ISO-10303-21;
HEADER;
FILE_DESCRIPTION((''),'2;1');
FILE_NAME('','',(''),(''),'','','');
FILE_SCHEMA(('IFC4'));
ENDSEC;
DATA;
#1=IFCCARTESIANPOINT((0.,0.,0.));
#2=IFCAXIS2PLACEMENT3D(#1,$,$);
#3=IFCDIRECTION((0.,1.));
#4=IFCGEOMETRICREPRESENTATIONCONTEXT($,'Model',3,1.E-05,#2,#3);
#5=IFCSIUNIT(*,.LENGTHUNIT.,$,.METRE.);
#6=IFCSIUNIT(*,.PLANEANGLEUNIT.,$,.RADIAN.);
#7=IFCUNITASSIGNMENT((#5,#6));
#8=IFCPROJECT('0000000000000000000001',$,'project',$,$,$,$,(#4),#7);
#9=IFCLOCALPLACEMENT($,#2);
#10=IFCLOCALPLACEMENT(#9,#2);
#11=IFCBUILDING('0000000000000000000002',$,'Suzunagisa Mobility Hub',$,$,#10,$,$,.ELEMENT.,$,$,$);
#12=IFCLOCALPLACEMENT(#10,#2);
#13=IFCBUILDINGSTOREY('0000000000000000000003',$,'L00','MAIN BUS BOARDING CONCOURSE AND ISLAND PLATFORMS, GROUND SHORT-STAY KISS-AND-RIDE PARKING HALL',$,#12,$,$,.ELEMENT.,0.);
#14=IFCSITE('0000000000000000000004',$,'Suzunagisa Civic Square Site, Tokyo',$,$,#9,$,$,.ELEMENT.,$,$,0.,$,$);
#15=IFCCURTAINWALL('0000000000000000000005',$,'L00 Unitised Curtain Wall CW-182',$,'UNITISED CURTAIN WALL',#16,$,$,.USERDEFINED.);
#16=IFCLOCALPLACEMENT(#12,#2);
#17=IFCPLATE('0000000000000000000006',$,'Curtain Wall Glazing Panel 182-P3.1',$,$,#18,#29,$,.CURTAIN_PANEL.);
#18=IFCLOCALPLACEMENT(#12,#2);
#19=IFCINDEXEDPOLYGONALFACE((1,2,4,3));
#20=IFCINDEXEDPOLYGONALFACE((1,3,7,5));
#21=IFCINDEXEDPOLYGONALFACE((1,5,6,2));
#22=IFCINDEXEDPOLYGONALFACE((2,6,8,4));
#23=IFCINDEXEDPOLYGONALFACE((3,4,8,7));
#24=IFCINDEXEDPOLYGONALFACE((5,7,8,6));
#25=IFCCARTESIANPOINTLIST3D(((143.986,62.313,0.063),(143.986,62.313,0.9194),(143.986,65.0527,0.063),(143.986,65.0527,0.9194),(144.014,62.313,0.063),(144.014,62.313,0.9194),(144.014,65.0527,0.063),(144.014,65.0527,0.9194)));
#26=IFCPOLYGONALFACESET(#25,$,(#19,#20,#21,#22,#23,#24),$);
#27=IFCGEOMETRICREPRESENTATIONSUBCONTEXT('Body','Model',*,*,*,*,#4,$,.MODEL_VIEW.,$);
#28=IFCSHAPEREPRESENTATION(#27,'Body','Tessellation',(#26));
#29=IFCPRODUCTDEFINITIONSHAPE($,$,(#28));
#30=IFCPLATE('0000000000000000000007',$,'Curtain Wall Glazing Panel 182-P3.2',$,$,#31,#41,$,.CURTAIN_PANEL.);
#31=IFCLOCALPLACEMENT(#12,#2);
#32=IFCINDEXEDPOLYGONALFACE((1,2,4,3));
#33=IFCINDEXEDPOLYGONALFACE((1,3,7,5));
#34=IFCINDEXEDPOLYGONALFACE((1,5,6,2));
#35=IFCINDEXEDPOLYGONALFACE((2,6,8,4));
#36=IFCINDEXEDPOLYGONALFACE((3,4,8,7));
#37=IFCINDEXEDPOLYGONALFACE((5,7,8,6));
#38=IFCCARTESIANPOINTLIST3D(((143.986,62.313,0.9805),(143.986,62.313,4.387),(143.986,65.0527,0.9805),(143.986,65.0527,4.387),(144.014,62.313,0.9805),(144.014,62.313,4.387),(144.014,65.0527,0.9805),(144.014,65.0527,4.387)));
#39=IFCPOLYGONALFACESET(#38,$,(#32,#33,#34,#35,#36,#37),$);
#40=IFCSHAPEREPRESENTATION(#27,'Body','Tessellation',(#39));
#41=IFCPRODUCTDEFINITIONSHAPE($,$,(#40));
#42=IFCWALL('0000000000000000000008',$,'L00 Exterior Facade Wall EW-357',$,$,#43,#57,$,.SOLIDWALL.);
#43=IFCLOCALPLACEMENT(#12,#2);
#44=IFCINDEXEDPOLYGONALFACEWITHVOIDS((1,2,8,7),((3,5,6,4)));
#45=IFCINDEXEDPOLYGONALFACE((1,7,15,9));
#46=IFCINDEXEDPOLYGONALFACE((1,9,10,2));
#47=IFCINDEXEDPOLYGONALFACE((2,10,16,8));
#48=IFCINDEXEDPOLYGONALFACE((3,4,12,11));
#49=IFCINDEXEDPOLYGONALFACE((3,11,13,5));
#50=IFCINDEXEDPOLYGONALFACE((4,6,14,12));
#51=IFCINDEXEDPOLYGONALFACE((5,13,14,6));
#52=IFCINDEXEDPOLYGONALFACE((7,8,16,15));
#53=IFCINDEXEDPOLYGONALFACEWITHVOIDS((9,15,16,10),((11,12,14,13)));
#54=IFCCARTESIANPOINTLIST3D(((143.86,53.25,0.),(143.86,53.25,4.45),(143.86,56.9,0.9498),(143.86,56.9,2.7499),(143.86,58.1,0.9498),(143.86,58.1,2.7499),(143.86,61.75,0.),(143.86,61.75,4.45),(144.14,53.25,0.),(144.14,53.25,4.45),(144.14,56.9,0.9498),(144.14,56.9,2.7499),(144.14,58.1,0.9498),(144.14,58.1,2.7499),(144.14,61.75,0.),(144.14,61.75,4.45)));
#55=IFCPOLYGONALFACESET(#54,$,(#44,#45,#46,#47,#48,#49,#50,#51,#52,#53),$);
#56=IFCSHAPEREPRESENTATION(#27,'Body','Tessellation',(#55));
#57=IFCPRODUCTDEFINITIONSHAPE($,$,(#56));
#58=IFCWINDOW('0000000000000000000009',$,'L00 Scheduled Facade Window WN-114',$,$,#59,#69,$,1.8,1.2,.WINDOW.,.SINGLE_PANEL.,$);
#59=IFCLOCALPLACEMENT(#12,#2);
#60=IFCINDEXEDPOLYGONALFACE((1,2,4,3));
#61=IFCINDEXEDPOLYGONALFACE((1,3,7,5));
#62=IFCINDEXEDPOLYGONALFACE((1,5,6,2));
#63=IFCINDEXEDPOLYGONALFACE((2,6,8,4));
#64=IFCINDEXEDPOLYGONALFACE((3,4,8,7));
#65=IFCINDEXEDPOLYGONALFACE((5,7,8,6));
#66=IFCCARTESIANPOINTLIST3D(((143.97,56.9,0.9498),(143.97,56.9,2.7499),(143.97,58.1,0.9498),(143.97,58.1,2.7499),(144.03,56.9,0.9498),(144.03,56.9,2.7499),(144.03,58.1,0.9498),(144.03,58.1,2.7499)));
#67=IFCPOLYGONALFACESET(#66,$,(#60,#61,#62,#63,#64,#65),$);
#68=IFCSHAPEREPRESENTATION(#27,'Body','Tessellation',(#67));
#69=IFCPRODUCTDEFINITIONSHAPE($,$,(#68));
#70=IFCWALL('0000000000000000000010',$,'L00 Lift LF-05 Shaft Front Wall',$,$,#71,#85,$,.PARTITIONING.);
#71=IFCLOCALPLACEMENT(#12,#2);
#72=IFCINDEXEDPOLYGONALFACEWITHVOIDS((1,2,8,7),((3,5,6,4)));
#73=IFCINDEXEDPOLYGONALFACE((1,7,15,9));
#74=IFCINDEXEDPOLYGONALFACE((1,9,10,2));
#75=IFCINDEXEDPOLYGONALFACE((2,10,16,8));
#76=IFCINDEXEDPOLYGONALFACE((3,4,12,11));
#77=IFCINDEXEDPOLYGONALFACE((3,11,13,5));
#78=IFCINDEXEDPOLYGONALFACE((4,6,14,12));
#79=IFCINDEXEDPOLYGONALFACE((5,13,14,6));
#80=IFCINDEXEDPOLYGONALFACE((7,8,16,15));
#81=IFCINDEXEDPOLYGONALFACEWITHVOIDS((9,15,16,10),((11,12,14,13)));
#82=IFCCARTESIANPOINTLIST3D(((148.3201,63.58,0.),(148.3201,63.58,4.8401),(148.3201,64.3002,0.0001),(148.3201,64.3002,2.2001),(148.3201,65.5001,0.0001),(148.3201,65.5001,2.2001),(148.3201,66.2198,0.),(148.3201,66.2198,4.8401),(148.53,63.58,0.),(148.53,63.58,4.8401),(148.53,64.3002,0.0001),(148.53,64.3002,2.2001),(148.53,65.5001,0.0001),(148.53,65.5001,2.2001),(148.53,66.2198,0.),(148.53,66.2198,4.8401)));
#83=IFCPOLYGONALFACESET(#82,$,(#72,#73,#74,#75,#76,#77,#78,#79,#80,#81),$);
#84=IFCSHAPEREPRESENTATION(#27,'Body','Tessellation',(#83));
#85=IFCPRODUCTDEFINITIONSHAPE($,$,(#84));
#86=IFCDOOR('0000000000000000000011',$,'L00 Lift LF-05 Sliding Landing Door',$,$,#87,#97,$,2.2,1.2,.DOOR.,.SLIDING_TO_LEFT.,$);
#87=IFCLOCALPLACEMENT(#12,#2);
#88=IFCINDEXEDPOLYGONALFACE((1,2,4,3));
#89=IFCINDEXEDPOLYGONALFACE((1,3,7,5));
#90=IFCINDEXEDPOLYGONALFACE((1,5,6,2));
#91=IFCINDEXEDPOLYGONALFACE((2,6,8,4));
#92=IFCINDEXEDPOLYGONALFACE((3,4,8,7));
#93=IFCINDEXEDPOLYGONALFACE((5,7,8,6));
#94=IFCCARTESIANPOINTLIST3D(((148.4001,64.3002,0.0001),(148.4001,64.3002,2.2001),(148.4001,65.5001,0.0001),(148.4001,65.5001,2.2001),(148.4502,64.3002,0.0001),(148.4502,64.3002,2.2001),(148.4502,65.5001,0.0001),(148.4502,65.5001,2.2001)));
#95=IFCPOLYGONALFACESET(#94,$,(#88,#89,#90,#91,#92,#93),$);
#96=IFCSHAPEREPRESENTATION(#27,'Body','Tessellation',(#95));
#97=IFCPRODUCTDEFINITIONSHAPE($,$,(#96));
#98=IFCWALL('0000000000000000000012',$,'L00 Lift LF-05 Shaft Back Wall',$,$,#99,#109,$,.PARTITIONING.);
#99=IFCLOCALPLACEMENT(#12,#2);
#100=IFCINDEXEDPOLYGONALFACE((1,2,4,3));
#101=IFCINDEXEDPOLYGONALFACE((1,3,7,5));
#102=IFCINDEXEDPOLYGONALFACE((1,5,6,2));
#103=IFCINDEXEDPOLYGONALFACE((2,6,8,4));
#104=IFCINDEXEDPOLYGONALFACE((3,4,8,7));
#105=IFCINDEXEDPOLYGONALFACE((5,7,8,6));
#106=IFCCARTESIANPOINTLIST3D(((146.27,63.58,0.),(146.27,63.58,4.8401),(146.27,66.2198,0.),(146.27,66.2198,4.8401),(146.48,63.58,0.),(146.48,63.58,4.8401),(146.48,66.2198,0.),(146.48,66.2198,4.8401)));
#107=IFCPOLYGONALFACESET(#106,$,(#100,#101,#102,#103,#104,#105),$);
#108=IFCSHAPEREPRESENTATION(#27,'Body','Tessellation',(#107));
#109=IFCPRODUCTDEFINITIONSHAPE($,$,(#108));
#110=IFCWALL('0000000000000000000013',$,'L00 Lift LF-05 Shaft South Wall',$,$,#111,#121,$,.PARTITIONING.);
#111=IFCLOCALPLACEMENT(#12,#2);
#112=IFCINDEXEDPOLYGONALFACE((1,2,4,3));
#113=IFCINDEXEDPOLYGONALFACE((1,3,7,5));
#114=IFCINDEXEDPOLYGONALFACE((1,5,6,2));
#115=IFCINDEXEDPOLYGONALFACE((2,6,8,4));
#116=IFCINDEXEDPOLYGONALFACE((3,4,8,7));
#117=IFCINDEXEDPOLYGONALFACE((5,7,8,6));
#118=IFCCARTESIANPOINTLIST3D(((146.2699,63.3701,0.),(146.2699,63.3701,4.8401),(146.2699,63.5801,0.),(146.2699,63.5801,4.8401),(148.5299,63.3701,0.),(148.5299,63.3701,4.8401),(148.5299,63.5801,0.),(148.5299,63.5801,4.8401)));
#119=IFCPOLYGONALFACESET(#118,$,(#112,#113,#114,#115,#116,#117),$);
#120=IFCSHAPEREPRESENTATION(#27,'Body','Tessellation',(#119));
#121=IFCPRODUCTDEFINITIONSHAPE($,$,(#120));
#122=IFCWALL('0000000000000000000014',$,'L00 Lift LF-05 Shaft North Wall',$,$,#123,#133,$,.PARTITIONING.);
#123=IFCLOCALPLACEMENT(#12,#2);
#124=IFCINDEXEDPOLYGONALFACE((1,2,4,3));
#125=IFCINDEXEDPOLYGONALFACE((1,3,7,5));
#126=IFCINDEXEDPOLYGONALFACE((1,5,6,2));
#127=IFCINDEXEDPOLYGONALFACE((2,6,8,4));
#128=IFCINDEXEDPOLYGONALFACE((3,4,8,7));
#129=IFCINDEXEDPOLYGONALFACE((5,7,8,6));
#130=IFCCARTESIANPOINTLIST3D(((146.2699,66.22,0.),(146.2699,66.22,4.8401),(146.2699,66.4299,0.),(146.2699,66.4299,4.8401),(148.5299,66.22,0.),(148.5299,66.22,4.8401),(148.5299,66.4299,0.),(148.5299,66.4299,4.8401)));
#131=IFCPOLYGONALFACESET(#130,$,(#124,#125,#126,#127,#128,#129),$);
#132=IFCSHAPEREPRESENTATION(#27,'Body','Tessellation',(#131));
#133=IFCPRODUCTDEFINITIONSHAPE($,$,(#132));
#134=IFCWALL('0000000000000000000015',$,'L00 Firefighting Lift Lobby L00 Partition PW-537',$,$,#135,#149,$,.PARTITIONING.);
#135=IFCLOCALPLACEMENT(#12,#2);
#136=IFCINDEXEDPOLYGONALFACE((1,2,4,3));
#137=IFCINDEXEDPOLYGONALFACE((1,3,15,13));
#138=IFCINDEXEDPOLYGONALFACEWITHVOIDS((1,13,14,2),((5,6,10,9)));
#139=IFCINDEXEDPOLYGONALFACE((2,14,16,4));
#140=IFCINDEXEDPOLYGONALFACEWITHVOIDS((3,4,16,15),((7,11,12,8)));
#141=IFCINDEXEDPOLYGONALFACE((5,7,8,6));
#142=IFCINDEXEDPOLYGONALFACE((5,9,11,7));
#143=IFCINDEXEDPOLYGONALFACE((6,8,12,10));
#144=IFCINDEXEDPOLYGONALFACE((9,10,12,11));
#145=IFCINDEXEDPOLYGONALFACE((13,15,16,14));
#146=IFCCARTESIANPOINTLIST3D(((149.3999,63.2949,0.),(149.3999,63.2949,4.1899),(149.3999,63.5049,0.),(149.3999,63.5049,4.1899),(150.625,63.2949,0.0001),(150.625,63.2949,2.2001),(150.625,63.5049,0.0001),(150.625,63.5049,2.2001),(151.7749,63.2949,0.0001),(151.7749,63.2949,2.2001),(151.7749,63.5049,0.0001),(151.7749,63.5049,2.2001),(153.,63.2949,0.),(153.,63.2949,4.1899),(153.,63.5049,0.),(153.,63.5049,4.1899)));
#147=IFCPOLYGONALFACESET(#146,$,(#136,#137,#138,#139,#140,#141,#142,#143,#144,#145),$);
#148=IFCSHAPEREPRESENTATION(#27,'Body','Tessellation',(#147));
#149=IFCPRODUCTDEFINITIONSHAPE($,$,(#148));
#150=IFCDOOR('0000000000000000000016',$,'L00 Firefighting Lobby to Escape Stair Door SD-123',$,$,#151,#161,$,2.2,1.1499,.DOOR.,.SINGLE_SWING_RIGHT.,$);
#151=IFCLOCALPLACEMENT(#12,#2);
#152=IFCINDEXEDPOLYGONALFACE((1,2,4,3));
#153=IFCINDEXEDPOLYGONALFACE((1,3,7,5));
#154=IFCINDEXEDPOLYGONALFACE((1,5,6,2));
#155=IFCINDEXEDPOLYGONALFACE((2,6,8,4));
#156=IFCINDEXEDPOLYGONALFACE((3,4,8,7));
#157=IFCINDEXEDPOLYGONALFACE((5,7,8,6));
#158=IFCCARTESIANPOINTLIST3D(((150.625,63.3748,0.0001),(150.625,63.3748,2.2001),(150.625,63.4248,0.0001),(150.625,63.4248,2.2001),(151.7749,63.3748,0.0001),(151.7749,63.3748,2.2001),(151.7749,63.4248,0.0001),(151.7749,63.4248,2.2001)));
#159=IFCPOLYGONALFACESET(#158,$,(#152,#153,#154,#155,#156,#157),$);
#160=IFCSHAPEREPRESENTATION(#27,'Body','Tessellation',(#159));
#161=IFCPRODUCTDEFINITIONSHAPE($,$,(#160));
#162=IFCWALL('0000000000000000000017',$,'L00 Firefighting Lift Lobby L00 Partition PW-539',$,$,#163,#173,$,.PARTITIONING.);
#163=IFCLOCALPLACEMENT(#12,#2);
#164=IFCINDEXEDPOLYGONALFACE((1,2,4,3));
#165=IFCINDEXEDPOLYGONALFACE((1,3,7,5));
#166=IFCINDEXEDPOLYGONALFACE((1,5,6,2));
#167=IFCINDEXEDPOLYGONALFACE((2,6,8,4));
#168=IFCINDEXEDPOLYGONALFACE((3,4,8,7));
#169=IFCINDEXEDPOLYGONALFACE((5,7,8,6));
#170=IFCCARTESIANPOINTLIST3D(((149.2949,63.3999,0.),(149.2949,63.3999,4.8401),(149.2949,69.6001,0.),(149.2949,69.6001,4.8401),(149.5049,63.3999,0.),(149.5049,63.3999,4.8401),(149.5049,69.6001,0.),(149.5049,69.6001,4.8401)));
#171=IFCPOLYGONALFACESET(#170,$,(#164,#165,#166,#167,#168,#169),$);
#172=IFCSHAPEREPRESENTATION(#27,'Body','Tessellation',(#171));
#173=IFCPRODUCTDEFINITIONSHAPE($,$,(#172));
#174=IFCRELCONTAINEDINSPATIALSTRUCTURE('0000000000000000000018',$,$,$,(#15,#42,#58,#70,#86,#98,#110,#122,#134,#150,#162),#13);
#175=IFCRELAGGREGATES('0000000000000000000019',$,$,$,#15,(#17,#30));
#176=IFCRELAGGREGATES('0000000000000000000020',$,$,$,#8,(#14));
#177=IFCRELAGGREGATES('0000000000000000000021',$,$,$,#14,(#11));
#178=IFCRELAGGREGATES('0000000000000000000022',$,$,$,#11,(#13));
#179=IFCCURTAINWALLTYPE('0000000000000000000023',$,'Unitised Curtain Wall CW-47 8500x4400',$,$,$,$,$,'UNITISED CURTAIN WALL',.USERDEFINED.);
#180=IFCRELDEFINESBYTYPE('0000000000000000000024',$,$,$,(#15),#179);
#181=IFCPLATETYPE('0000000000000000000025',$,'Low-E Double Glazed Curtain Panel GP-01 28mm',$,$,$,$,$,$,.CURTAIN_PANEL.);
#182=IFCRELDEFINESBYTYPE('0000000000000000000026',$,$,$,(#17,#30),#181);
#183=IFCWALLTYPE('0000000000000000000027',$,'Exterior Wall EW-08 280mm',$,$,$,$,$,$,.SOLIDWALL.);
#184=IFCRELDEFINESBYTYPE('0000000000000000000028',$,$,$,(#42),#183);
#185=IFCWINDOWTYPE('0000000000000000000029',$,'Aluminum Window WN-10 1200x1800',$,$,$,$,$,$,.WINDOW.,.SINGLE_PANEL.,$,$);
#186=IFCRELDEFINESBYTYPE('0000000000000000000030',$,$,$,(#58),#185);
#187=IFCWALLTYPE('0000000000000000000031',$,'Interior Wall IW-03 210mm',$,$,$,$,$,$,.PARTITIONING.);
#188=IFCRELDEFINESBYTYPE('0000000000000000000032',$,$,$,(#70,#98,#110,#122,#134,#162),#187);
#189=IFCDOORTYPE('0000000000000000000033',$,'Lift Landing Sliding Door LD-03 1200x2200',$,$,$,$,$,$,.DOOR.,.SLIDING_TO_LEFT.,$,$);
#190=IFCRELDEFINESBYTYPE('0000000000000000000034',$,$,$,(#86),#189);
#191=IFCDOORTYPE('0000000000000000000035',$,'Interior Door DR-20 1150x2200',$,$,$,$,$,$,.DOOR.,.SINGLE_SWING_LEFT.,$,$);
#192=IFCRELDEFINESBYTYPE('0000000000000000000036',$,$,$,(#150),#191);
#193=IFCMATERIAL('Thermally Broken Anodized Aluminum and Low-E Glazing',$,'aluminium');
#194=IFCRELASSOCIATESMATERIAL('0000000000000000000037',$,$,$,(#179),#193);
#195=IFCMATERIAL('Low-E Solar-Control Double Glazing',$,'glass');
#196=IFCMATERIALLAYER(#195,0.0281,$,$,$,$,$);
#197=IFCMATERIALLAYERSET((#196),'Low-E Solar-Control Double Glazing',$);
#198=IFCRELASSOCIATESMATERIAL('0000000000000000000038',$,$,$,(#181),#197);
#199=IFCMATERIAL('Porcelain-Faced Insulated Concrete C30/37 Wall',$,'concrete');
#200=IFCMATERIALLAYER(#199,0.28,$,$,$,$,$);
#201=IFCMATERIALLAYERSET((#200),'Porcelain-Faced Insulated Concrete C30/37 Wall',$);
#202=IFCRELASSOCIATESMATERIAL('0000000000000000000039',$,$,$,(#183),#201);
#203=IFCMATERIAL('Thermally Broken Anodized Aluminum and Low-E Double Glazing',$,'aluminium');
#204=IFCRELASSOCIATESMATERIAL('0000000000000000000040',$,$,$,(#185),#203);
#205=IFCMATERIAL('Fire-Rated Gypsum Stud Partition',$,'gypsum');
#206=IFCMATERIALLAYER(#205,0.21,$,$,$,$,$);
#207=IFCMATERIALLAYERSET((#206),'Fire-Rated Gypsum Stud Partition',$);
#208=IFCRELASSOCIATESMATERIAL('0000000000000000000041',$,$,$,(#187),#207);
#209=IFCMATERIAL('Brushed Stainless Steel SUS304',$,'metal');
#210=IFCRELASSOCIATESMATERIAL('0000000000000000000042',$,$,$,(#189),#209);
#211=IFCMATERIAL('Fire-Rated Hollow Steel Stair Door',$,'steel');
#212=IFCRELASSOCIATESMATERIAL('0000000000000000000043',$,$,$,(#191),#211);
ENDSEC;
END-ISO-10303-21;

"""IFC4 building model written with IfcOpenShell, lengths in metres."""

from ifc_helpers import new_model, si_unit, direction, frame, frame_2d, origin, origin_2d, place, context, subcontext, project, spatial, rectangle, extrude, material, layer, layer_set, type_object, element, fill, aggregate, save


model = new_model("IFC4")

# Units and contexts
model_context = context("Model", 3, precision=1e-05, world=origin(), true_north=direction((0.0, 1.0)))
body_context = subcontext(model_context, "Body", "Model", "MODEL_VIEW")
ifc_project = project(units=[si_unit("LENGTHUNIT", "METRE"), si_unit("PLANEANGLEUNIT", "RADIAN")], contexts=[model_context])

# Site, building, storey
site_placement = place(None, origin())
site = spatial("IfcSite", under=ifc_project, at=site_placement, Name="Suzunagisa Civic Square Site, Tokyo", CompositionType="ELEMENT", RefElevation=0.0)
building_placement = place(site_placement, origin())
building = spatial("IfcBuilding", under=site, at=building_placement, Name="Suzunagisa Mobility Hub", CompositionType="ELEMENT")
storey_placement = place(building_placement, origin())
storey = spatial("IfcBuildingStorey", under=building, at=storey_placement, Name="L00", Description="MAIN BUS BOARDING CONCOURSE AND ISLAND PLATFORMS, GROUND SHORT-STAY KISS-AND-RIDE PARKING HALL", CompositionType="ELEMENT", Elevation=0.0)

# Curtain wall
ifc_material_1 = material(Name="Thermally Broken Anodized Aluminum and Low-E Glazing", Category="aluminium")
curtain_wall_type = type_object("IfcCurtainWallType", Name="Unitised Curtain Wall CW-47 8500x4400", ElementType="UNITISED CURTAIN WALL", PredefinedType="USERDEFINED", material=ifc_material_1)
curtain_wall_placement = place(storey_placement, origin())
curtain_wall = element("IfcCurtainWall", 1, at=curtain_wall_placement, inside=storey, type_object=curtain_wall_type, Name="L00 Unitised Curtain Wall CW-182", ObjectType="UNITISED CURTAIN WALL", PredefinedType="USERDEFINED")

# Plates
ifc_material_2 = material(Name="Low-E Solar-Control Double Glazing", Category="glass")
ifc_layer_1 = layer(ifc_material_2, 0.0281)
ifc_layer_set_1 = layer_set([ifc_layer_1], Name="Low-E Solar-Control Double Glazing")
plate_type = type_object("IfcPlateType", Name="Low-E Double Glazed Curtain Panel GP-01 28mm", PredefinedType="CURTAIN_PANEL", material=ifc_layer_set_1)
plate_1_placement = place(storey_placement, frame((144.0, 63.6829, 0.063), z_axis=(0.0, 0.0, 1.0), x_axis=(0.0, -1.0, 0.0)))
plate_1 = element("IfcPlate", 2, at=plate_1_placement, type_object=plate_type, Name="Curtain Wall Glazing Panel 182-P3.1", PredefinedType="CURTAIN_PANEL", context=body_context, shape_type="SweptSolid", body=[
    extrude(rectangle(XDim=2.7397, YDim=0.0281, at=origin_2d()), origin(), (0.0, 0.0, 1.0), 0.8564),
])
plate_2_placement = place(storey_placement, frame((144.0, 63.6829, 0.9805), z_axis=(0.0, 0.0, 1.0), x_axis=(0.0, -1.0, 0.0)))
plate_2 = element("IfcPlate", 3, at=plate_2_placement, type_object=plate_type, Name="Curtain Wall Glazing Panel 182-P3.2", PredefinedType="CURTAIN_PANEL", context=body_context, shape_type="SweptSolid", body=[
    extrude(rectangle(XDim=2.7397, YDim=0.0281, at=origin_2d()), origin(), (0.0, 0.0, 1.0), 3.4065),
])
aggregate(curtain_wall, [plate_1, plate_2])

# Wall, opening, window
ifc_material_3 = material(Name="Porcelain-Faced Insulated Concrete C30/37 Wall", Category="concrete")
ifc_layer_2 = layer(ifc_material_3, 0.28)
ifc_layer_set_2 = layer_set([ifc_layer_2], Name="Porcelain-Faced Insulated Concrete C30/37 Wall")
wall_type_1 = type_object("IfcWallType", Name="Exterior Wall EW-08 280mm", PredefinedType="SOLIDWALL", material=ifc_layer_set_2)
wall_1_placement = place(storey_placement, frame((144.0, 61.75, 0.0), z_axis=(0.0, 0.0, 1.0), x_axis=(0.0, -1.0, 0.0)))
wall_1 = element("IfcWall", 4, at=wall_1_placement, inside=storey, type_object=wall_type_1, Name="L00 Exterior Facade Wall EW-357", PredefinedType="SOLIDWALL", context=body_context, shape_type="SweptSolid", body=[
    extrude(rectangle(XDim=8.5, YDim=0.28, at=frame_2d((4.25, 0.0))), origin(), (0.0, 0.0, 1.0), 4.45),
])
opening_1_placement = place(wall_1_placement, frame((3.6499, 0.0, 0.95)))
opening_1 = element("IfcOpeningElement", 5, at=opening_1_placement, cuts=wall_1, PredefinedType="OPENING", context=body_context, shape_type="SweptSolid", body=[
    extrude(rectangle(XDim=1.2, YDim=1.8, at=frame_2d((0.6001, 0.8999))), frame((0.0, 0.1509, 0.0), z_axis=(0.0, -1.0, 0.0), x_axis=(1.0, 0.0, 0.0)), (0.0, 0.0, 1.0), 0.302),
])
ifc_material_4 = material(Name="Thermally Broken Anodized Aluminum and Low-E Double Glazing", Category="aluminium")
window_type = type_object("IfcWindowType", Name="Aluminum Window WN-10 1200x1800", PartitioningType="SINGLE_PANEL", PredefinedType="WINDOW", material=ifc_material_4)
window_placement = place(opening_1_placement, origin())
window = element("IfcWindow", 6, at=window_placement, inside=storey, type_object=window_type, Name="L00 Scheduled Facade Window WN-114", OverallHeight=1.8, OverallWidth=1.2, PartitioningType="SINGLE_PANEL", PredefinedType="WINDOW", context=body_context, shape_type="SweptSolid", body=[
    extrude(rectangle(XDim=1.2, YDim=1.8, at=frame_2d((0.6001, 0.8999))), frame((0.0, 0.03, 0.0), z_axis=(0.0, -1.0, 0.0), x_axis=(1.0, 0.0, 0.0)), (0.0, 0.0, 1.0), 0.0601),
])
fill(opening_1, window)

# Wall, opening, door
ifc_material_5 = material(Name="Fire-Rated Gypsum Stud Partition", Category="gypsum")
ifc_layer_3 = layer(ifc_material_5, 0.21)
ifc_layer_set_3 = layer_set([ifc_layer_3], Name="Fire-Rated Gypsum Stud Partition")
wall_type_2 = type_object("IfcWallType", Name="Interior Wall IW-03 210mm", PredefinedType="PARTITIONING", material=ifc_layer_set_3)
wall_2_placement = place(storey_placement, frame((148.425, 63.5801, 0.0), z_axis=(0.0, 0.0, 1.0), x_axis=(0.0, 1.0, 0.0)))
wall_2 = element("IfcWall", 7, at=wall_2_placement, inside=storey, type_object=wall_type_2, Name="L00 Lift LF-05 Shaft Front Wall", PredefinedType="PARTITIONING", context=body_context, shape_type="SweptSolid", body=[
    extrude(rectangle(XDim=2.6399, YDim=0.21, at=frame_2d((1.3198, 0.0))), origin(), (0.0, 0.0, 1.0), 4.8401),
])
opening_2_placement = place(wall_2_placement, frame((0.72, 0.0, 0.0)))
opening_2 = element("IfcOpeningElement", 8, at=opening_2_placement, cuts=wall_2, PredefinedType="OPENING", context=body_context, shape_type="SweptSolid", body=[
    extrude(rectangle(XDim=1.2, YDim=2.2, at=frame_2d((0.6001, 1.1001))), frame((0.0, 0.116, 0.0), z_axis=(0.0, -1.0, 0.0), x_axis=(1.0, 0.0, 0.0)), (0.0, 0.0, 1.0), 0.2319),
])
ifc_material_6 = material(Name="Brushed Stainless Steel SUS304", Category="metal")
door_type_1 = type_object("IfcDoorType", Name="Lift Landing Sliding Door LD-03 1200x2200", OperationType="SLIDING_TO_LEFT", PredefinedType="DOOR", material=ifc_material_6)
door_1_placement = place(opening_2_placement, origin())
door_1 = element("IfcDoor", 9, at=door_1_placement, inside=storey, type_object=door_type_1, Name="L00 Lift LF-05 Sliding Landing Door", OperationType="SLIDING_TO_LEFT", OverallHeight=2.2, OverallWidth=1.2, PredefinedType="DOOR", context=body_context, shape_type="SweptSolid", body=[
    extrude(rectangle(XDim=1.2, YDim=2.2, at=frame_2d((0.6001, 1.1001))), frame((0.0, 0.0249, 0.0), z_axis=(0.0, -1.0, 0.0), x_axis=(1.0, 0.0, 0.0)), (0.0, 0.0, 1.0), 0.05),
])
fill(opening_2, door_1)

# Walls
wall_3_placement = place(storey_placement, frame((146.375, 63.5801, 0.0), z_axis=(0.0, 0.0, 1.0), x_axis=(0.0, 1.0, 0.0)))
element("IfcWall", 10, at=wall_3_placement, inside=storey, type_object=wall_type_2, Name="L00 Lift LF-05 Shaft Back Wall", PredefinedType="PARTITIONING", context=body_context, shape_type="SweptSolid", body=[
    extrude(rectangle(XDim=2.6399, YDim=0.21, at=frame_2d((1.3198, 0.0))), origin(), (0.0, 0.0, 1.0), 4.8401),
])
for number, where, z_axis, x_axis, name in (
    (11, (146.27, 63.4751, 0.0), (0.0, 0.0, 1.0), (1.0, 0.0, 0.0), "L00 Lift LF-05 Shaft South Wall"),
    (12, (146.27, 66.325, 0.0), (0.0, 0.0, 1.0), (1.0, 0.0, 0.0), "L00 Lift LF-05 Shaft North Wall"),
):
    element("IfcWall", number, at=place(storey_placement, frame(where, z_axis=z_axis, x_axis=x_axis)), inside=storey, type_object=wall_type_2, Name=name, PredefinedType="PARTITIONING", context=body_context, shape_type="SweptSolid", body=[
        extrude(rectangle(XDim=2.26, YDim=0.21, at=frame_2d((1.1299, 0.0))), origin(), (0.0, 0.0, 1.0), 4.8401),
    ])

# Wall, opening, door
wall_4_placement = place(storey_placement, frame((149.3999, 63.3999, 0.0), z_axis=(0.0, 0.0, 1.0), x_axis=(1.0, 0.0, 0.0)))
wall_4 = element("IfcWall", 13, at=wall_4_placement, inside=storey, type_object=wall_type_2, Name="L00 Firefighting Lift Lobby L00 Partition PW-537", PredefinedType="PARTITIONING", context=body_context, shape_type="SweptSolid", body=[
    extrude(rectangle(XDim=3.6001, YDim=0.21, at=frame_2d((1.8, 0.0))), origin(), (0.0, 0.0, 1.0), 4.1899),
])
opening_3_placement = place(wall_4_placement, frame((1.2251, 0.0, 0.0)))
opening_3 = element("IfcOpeningElement", 14, at=opening_3_placement, cuts=wall_4, PredefinedType="OPENING", context=body_context, shape_type="SweptSolid", body=[
    extrude(rectangle(XDim=1.1499, YDim=2.2, at=frame_2d((0.575, 1.1001))), frame((0.0, 0.116, 0.0), z_axis=(0.0, -1.0, 0.0), x_axis=(1.0, 0.0, 0.0)), (0.0, 0.0, 1.0), 0.2319),
])
ifc_material_7 = material(Name="Fire-Rated Hollow Steel Stair Door", Category="steel")
door_type_2 = type_object("IfcDoorType", Name="Interior Door DR-20 1150x2200", OperationType="SINGLE_SWING_LEFT", PredefinedType="DOOR", material=ifc_material_7)
door_2_placement = place(opening_3_placement, origin())
door_2 = element("IfcDoor", 15, at=door_2_placement, inside=storey, type_object=door_type_2, Name="L00 Firefighting Lobby to Escape Stair Door SD-123", OperationType="SINGLE_SWING_RIGHT", OverallHeight=2.2, OverallWidth=1.1499, PredefinedType="DOOR", context=body_context, shape_type="SweptSolid", body=[
    extrude(rectangle(XDim=1.1499, YDim=2.2, at=frame_2d((0.575, 1.1001))), frame((0.0, 0.0249, 0.0), z_axis=(0.0, -1.0, 0.0), x_axis=(1.0, 0.0, 0.0)), (0.0, 0.0, 1.0), 0.05),
])
fill(opening_3, door_2)

# Wall
wall_5_placement = place(storey_placement, frame((149.3999, 63.3999, 0.0), z_axis=(0.0, 0.0, 1.0), x_axis=(0.0, 1.0, 0.0)))
element("IfcWall", 16, at=wall_5_placement, inside=storey, type_object=wall_type_2, Name="L00 Firefighting Lift Lobby L00 Partition PW-539", PredefinedType="PARTITIONING", context=body_context, shape_type="SweptSolid", body=[
    extrude(rectangle(XDim=6.2002, YDim=0.21, at=frame_2d((3.1001, 0.0))), origin(), (0.0, 0.0, 1.0), 4.8401),
])

save(model, "model.ifc")
